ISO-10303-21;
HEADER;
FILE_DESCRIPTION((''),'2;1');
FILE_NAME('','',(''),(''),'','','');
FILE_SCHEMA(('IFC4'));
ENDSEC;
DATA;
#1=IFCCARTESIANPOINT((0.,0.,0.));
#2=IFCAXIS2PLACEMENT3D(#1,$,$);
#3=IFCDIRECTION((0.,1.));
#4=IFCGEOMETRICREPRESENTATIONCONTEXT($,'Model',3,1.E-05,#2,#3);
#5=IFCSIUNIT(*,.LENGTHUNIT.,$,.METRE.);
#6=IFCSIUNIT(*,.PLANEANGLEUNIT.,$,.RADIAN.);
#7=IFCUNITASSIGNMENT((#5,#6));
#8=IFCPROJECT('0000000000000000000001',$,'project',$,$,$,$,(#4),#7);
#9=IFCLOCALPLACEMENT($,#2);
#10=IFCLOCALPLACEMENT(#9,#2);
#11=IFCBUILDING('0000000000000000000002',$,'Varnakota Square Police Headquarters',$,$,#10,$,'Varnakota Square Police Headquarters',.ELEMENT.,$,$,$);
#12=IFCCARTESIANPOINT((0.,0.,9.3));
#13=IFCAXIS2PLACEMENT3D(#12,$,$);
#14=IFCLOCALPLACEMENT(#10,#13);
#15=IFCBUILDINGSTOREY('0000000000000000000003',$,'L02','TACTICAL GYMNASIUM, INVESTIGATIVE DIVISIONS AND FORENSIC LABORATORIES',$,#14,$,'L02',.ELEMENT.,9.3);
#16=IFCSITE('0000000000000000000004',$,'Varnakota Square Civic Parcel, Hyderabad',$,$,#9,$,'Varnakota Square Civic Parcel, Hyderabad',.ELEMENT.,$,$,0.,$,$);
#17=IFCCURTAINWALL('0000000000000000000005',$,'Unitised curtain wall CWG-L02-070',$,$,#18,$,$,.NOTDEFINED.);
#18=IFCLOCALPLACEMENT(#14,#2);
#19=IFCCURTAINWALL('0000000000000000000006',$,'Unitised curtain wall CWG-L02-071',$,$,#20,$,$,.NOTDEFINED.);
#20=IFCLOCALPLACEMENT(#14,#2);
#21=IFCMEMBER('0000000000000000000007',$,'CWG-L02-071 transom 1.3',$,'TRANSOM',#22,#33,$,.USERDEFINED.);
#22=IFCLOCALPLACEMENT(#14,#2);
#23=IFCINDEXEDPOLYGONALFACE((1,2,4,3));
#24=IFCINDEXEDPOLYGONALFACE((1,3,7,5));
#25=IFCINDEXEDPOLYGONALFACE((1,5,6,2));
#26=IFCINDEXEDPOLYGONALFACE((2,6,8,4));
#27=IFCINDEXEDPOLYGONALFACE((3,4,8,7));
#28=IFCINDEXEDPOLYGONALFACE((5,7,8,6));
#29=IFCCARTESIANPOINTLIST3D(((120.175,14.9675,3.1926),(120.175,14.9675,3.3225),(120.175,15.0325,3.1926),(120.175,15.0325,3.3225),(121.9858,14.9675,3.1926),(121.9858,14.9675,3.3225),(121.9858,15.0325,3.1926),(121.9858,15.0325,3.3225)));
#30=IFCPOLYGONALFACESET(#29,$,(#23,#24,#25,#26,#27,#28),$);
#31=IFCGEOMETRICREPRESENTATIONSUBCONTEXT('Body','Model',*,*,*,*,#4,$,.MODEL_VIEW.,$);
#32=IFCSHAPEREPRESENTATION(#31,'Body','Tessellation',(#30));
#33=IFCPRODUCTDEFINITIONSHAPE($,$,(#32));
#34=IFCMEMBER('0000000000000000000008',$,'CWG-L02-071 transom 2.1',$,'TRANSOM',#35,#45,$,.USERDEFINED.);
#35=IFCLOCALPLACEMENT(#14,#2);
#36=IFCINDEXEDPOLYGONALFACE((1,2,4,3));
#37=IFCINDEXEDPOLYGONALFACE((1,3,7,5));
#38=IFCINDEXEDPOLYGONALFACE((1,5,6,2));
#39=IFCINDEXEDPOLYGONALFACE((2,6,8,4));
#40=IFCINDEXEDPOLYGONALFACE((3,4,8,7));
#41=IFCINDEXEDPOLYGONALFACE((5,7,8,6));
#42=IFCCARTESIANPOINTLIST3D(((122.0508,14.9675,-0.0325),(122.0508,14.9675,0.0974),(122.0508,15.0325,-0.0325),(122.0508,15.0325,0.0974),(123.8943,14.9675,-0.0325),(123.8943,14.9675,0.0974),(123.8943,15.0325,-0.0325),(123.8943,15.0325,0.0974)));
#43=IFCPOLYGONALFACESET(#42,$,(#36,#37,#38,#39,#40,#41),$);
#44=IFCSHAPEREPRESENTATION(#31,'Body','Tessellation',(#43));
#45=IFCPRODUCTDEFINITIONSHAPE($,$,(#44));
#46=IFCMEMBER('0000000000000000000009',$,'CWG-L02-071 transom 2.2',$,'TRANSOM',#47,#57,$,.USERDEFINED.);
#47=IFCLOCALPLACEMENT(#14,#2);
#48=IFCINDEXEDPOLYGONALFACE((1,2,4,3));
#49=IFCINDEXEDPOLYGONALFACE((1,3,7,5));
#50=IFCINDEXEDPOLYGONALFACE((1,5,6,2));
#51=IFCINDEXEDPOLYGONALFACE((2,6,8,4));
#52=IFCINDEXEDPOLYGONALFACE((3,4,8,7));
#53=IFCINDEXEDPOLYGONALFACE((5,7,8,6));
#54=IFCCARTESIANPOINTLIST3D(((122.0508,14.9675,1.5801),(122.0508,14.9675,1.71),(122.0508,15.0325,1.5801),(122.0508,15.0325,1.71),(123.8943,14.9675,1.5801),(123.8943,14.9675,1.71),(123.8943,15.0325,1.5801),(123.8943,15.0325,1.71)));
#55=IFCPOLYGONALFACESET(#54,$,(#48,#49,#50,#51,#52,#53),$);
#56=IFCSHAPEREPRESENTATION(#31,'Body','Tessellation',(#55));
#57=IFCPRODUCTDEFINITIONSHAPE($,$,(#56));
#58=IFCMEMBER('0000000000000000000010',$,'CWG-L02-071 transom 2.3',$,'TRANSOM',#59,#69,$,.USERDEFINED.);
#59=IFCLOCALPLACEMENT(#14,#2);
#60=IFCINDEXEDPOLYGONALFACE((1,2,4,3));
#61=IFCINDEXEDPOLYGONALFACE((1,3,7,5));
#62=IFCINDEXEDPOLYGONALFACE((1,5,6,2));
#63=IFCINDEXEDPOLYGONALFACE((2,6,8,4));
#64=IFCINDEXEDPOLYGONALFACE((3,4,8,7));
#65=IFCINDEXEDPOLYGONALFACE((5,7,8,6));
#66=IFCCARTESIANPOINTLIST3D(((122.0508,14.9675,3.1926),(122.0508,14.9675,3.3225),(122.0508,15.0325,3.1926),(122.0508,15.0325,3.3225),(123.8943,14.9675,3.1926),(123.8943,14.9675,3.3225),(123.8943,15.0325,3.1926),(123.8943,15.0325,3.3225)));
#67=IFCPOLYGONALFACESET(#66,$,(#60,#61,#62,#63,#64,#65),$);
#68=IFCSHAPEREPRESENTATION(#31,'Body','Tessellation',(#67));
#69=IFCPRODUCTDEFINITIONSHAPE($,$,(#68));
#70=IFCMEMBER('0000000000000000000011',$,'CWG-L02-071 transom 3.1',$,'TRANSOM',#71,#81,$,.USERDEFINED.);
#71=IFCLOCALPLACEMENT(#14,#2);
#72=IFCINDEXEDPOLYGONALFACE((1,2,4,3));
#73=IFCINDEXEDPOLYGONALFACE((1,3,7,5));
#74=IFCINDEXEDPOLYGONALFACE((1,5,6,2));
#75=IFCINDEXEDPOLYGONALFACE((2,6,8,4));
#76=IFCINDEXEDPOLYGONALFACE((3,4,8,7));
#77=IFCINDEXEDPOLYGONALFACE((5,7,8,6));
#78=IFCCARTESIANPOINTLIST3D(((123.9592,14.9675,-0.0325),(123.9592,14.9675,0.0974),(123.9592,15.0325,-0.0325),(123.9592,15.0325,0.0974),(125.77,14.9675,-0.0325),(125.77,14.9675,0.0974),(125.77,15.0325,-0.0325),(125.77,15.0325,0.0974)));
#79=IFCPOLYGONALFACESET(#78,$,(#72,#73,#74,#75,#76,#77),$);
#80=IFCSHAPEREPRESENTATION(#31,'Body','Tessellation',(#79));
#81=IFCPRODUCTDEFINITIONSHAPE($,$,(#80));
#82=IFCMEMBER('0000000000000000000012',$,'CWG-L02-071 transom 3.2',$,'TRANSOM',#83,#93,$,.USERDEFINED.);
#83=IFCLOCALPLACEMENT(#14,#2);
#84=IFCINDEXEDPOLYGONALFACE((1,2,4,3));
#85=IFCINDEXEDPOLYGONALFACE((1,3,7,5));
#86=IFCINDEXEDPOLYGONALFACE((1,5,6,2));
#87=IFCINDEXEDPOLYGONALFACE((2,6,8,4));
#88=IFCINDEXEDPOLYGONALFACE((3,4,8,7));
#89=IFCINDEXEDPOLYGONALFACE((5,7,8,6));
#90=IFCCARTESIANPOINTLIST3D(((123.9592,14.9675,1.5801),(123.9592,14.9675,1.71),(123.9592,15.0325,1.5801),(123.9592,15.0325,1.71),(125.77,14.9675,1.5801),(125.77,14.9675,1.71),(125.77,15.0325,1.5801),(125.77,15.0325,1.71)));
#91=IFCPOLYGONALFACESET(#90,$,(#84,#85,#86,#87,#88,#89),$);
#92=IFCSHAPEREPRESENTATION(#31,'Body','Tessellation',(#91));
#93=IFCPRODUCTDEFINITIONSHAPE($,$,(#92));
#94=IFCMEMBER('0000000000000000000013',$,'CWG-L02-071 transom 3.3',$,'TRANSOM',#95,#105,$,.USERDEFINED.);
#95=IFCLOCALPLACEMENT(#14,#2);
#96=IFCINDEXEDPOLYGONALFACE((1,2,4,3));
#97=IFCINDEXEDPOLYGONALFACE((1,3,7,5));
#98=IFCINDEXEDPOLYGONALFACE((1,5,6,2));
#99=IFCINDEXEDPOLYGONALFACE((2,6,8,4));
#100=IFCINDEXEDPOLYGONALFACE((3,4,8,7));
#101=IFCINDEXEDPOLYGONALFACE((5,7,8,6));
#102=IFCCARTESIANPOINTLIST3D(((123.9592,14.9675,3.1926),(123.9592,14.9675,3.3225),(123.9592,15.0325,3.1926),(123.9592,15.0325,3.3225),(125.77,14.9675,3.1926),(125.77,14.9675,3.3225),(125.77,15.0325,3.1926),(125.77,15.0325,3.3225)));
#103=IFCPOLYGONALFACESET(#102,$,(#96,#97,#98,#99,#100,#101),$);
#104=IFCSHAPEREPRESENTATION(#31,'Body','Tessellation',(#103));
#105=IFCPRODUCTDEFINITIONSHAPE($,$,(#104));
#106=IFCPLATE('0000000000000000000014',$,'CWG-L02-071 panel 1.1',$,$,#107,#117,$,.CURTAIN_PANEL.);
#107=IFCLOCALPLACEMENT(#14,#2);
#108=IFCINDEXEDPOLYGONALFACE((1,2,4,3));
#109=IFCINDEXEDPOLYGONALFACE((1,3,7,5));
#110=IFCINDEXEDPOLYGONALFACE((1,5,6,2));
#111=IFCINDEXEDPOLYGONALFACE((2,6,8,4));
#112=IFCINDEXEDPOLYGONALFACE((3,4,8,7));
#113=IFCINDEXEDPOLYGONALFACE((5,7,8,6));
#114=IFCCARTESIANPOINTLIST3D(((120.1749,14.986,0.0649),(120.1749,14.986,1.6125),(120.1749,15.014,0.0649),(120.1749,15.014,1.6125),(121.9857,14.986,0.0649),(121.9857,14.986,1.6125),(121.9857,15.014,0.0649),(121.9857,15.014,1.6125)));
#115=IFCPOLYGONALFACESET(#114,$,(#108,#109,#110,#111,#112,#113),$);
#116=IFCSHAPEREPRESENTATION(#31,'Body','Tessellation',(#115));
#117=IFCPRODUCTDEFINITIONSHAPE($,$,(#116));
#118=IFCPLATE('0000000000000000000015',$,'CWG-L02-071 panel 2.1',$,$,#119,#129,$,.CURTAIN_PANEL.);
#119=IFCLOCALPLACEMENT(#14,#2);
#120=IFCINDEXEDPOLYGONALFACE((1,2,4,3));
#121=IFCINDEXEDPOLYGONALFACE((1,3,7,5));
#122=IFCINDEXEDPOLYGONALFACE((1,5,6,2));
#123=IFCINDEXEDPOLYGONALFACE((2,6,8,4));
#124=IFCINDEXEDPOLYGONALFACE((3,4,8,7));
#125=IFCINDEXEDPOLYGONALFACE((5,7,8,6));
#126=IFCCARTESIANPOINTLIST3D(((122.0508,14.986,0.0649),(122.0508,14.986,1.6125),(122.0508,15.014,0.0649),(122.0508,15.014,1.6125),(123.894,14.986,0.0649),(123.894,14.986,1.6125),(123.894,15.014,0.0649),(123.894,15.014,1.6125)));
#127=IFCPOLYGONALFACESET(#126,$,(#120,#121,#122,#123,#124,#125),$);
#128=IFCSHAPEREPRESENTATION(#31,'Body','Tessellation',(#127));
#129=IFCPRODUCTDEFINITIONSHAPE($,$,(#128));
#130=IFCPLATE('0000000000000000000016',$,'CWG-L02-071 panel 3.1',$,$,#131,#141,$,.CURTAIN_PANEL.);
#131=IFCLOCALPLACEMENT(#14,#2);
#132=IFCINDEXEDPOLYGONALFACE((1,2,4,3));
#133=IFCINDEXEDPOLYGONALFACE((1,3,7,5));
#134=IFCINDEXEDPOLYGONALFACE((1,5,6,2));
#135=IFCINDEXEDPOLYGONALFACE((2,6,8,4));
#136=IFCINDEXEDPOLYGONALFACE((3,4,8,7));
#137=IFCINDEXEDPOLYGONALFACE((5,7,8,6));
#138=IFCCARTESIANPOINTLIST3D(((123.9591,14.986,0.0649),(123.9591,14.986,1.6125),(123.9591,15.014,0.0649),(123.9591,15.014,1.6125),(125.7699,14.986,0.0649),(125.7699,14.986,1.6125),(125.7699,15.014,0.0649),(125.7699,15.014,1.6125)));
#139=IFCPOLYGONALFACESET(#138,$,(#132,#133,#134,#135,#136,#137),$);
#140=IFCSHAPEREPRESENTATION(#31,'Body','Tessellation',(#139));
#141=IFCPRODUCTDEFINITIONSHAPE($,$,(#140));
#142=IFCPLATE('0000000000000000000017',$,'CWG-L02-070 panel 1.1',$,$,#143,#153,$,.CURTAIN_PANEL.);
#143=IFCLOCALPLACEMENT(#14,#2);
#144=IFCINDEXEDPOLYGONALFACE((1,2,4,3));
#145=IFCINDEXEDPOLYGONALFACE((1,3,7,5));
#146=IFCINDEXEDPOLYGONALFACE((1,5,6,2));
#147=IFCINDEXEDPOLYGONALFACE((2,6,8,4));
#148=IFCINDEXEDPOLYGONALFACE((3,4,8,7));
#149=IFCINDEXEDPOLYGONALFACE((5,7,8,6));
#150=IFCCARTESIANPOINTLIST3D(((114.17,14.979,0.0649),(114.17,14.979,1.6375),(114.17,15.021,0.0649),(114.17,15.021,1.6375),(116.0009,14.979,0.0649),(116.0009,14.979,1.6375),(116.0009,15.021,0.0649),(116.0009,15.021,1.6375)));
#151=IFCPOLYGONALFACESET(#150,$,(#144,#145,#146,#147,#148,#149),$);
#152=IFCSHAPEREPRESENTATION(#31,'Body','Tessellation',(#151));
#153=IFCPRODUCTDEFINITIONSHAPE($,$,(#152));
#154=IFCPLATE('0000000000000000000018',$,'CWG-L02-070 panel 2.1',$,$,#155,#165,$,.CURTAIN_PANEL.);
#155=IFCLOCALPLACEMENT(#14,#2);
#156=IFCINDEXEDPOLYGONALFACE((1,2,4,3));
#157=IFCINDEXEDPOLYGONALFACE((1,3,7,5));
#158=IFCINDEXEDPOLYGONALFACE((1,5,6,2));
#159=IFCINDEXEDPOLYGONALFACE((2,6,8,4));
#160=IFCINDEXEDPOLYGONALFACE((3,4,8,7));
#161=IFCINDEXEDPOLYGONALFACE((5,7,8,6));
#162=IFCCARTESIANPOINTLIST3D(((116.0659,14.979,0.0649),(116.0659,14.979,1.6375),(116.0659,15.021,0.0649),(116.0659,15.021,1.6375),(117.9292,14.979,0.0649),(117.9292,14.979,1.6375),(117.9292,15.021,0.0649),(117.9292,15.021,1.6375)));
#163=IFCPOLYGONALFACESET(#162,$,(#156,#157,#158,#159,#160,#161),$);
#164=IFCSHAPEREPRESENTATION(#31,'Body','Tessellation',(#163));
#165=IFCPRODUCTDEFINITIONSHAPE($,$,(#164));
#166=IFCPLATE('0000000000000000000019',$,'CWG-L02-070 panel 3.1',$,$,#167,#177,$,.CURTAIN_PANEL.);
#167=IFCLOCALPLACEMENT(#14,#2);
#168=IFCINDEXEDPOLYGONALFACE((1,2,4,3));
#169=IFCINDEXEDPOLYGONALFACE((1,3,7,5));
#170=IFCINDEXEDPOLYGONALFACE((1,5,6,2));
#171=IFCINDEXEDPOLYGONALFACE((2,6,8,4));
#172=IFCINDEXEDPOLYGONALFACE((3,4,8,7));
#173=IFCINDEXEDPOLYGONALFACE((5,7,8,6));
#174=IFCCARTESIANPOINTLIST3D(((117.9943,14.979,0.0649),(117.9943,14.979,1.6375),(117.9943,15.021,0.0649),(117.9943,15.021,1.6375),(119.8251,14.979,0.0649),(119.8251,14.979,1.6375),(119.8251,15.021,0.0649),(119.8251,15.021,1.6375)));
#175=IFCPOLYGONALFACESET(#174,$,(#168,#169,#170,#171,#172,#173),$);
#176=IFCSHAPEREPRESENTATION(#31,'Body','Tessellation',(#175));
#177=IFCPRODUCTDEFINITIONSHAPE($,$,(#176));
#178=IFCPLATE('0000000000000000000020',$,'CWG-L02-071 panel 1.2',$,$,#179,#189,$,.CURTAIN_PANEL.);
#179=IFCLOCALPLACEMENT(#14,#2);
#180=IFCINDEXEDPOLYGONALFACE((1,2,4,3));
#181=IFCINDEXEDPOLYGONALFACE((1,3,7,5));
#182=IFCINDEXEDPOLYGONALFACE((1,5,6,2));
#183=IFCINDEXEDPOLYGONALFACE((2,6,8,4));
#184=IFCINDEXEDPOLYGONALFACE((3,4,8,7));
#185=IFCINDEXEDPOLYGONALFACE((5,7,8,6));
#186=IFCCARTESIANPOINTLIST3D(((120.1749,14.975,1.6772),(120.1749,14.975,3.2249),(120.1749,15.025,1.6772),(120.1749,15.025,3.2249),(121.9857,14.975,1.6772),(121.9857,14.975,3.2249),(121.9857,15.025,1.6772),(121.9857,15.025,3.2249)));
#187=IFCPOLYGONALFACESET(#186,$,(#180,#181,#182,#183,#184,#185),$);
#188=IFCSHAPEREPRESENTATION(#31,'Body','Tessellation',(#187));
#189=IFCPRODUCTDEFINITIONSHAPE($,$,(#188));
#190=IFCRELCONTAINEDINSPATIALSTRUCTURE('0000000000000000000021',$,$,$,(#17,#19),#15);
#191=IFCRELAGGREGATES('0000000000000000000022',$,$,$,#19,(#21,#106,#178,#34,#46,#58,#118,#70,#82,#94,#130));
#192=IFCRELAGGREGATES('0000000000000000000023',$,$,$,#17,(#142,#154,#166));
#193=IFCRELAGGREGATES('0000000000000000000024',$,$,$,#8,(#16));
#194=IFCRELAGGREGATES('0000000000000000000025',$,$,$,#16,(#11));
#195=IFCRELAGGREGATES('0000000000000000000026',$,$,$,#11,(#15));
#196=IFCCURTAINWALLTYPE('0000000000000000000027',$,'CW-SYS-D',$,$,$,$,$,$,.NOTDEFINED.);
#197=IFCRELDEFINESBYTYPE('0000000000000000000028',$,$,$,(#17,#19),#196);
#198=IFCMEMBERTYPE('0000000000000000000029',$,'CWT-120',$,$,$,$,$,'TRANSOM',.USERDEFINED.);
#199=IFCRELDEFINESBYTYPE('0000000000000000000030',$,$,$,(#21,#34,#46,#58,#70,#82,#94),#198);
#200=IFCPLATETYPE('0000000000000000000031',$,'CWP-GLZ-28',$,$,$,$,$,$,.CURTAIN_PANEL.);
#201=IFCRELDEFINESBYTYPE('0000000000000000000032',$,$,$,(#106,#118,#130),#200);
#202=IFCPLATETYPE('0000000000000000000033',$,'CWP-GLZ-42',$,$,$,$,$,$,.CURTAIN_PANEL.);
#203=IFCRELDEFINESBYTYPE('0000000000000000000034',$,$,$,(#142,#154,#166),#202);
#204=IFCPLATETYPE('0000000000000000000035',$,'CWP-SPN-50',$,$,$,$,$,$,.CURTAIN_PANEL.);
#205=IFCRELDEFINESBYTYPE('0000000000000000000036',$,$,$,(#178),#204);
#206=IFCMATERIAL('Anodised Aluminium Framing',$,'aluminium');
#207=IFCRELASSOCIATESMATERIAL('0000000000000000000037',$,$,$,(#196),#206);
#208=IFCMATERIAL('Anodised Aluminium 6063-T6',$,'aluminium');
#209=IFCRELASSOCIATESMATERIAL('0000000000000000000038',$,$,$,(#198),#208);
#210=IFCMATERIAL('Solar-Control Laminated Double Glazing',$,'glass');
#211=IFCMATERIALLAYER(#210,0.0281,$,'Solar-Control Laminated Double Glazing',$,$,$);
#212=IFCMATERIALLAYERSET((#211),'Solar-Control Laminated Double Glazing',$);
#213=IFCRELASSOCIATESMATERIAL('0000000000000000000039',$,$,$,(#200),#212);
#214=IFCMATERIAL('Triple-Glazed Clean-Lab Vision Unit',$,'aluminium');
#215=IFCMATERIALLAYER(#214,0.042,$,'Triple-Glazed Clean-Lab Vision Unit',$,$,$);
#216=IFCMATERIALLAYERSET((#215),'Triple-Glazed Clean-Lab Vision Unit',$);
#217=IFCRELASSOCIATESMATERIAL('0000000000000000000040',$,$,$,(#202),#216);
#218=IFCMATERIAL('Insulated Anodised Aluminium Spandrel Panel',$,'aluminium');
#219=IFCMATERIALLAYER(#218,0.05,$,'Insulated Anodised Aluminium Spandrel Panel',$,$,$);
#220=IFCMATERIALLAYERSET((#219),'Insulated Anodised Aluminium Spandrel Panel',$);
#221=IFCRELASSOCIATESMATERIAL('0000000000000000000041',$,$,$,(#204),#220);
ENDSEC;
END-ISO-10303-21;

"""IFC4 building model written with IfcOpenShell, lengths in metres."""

from ifc_helpers import new_model, si_unit, direction, frame, origin, origin_2d, place, context, subcontext, project, spatial, rectangle, extrude, material, layer, layer_set, material_profile, profile_set, type_object, element, aggregate, save


model = new_model("IFC4")

# Units and contexts
model_context = context("Model", 3, precision=1e-05, world=origin(), true_north=direction((0.0, 1.0)))
body_context = subcontext(model_context, "Body", "Model", "MODEL_VIEW")
ifc_project = project(units=[si_unit("LENGTHUNIT", "METRE"), si_unit("PLANEANGLEUNIT", "RADIAN")], contexts=[model_context])

# Site, building, storey
site_placement = place(None, origin())
site = spatial("IfcSite", under=ifc_project, at=site_placement, Name="Varnakota Square Civic Parcel, Hyderabad", LongName="Varnakota Square Civic Parcel, Hyderabad", CompositionType="ELEMENT", RefElevation=0.0)
building_placement = place(site_placement, origin())
building = spatial("IfcBuilding", under=site, at=building_placement, Name="Varnakota Square Police Headquarters", LongName="Varnakota Square Police Headquarters", CompositionType="ELEMENT")
storey_placement = place(building_placement, frame((0.0, 0.0, 9.3)))
storey = spatial("IfcBuildingStorey", under=building, at=storey_placement, Name="L02", Description="TACTICAL GYMNASIUM, INVESTIGATIVE DIVISIONS AND FORENSIC LABORATORIES", LongName="L02", CompositionType="ELEMENT", Elevation=9.3)

# Curtain walls
ifc_material_1 = material(Name="Anodised Aluminium Framing", Category="aluminium")
curtain_wall_type = type_object("IfcCurtainWallType", Name="CW-SYS-D", PredefinedType="NOTDEFINED", material=ifc_material_1)
curtain_wall_1_placement = place(storey_placement, origin())
curtain_wall_1 = element("IfcCurtainWall", 1, at=curtain_wall_1_placement, inside=storey, type_object=curtain_wall_type, Name="Unitised curtain wall CWG-L02-070", PredefinedType="NOTDEFINED")
ifc_material_2 = material(Name="Anodised Aluminium 6063-T6", Category="aluminium")
curtain_wall_2_placement = place(storey_placement, origin())
curtain_wall_2 = element("IfcCurtainWall", 2, at=curtain_wall_2_placement, inside=storey, type_object=curtain_wall_type, Name="Unitised curtain wall CWG-L02-071", PredefinedType="NOTDEFINED")

# Members
ifc_material_profile_1 = material_profile(ifc_material_2, rectangle(XDim=0.0649, YDim=0.1299, at=origin_2d()), Name="ALU TRANSOM 65x130")
ifc_profile_set_1 = profile_set([ifc_material_profile_1], Name="Anodised Aluminium 6063-T6")
member_type_1 = type_object("IfcMemberType", Name="CWT-120", ElementType="TRANSOM", PredefinedType="USERDEFINED", material=ifc_profile_set_1)
member_1_placement = place(storey_placement, frame((120.175, 15.0, 3.2576), z_axis=(1.0, 0.0, 0.0), x_axis=(0.0, 1.0, 0.0)))
member_1 = element("IfcMember", 3, at=member_1_placement, type_object=member_type_1, Name="CWG-L02-071 transom 1.3", ObjectType="TRANSOM", PredefinedType="USERDEFINED", context=body_context, shape_type="SweptSolid", body=[
    extrude(rectangle(XDim=0.0649, YDim=0.1299, at=origin_2d()), origin(), (0.0, 0.0, 1.0), 1.8108),
])
member_2_placement = place(storey_placement, frame((122.0508, 15.0, 0.0325), z_axis=(1.0, 0.0, 0.0), x_axis=(0.0, 1.0, 0.0)))
member_2 = element("IfcMember", 4, at=member_2_placement, type_object=member_type_1, Name="CWG-L02-071 transom 2.1", ObjectType="TRANSOM", PredefinedType="USERDEFINED", context=body_context, shape_type="SweptSolid", body=[
    extrude(rectangle(XDim=0.0649, YDim=0.1299, at=origin_2d()), origin(), (0.0, 0.0, 1.0), 1.8435),
])
member_3_placement = place(storey_placement, frame((122.0508, 15.0, 1.645), z_axis=(1.0, 0.0, 0.0), x_axis=(0.0, 1.0, 0.0)))
member_3 = element("IfcMember", 5, at=member_3_placement, type_object=member_type_1, Name="CWG-L02-071 transom 2.2", ObjectType="TRANSOM", PredefinedType="USERDEFINED", context=body_context, shape_type="SweptSolid", body=[
    extrude(rectangle(XDim=0.0649, YDim=0.1299, at=origin_2d()), origin(), (0.0, 0.0, 1.0), 1.8435),
])
member_4_placement = place(storey_placement, frame((122.0508, 15.0, 3.2576), z_axis=(1.0, 0.0, 0.0), x_axis=(0.0, 1.0, 0.0)))
member_4 = element("IfcMember", 6, at=member_4_placement, type_object=member_type_1, Name="CWG-L02-071 transom 2.3", ObjectType="TRANSOM", PredefinedType="USERDEFINED", context=body_context, shape_type="SweptSolid", body=[
    extrude(rectangle(XDim=0.0649, YDim=0.1299, at=origin_2d()), origin(), (0.0, 0.0, 1.0), 1.8435),
])
member_5_placement = place(storey_placement, frame((123.9592, 15.0, 0.0325), z_axis=(1.0, 0.0, 0.0), x_axis=(0.0, 1.0, 0.0)))
member_5 = element("IfcMember", 7, at=member_5_placement, type_object=member_type_1, Name="CWG-L02-071 transom 3.1", ObjectType="TRANSOM", PredefinedType="USERDEFINED", context=body_context, shape_type="SweptSolid", body=[
    extrude(rectangle(XDim=0.0649, YDim=0.1299, at=origin_2d()), origin(), (0.0, 0.0, 1.0), 1.8108),
])
member_6_placement = place(storey_placement, frame((123.9592, 15.0, 1.645), z_axis=(1.0, 0.0, 0.0), x_axis=(0.0, 1.0, 0.0)))
member_6 = element("IfcMember", 8, at=member_6_placement, type_object=member_type_1, Name="CWG-L02-071 transom 3.2", ObjectType="TRANSOM", PredefinedType="USERDEFINED", context=body_context, shape_type="SweptSolid", body=[
    extrude(rectangle(XDim=0.0649, YDim=0.1299, at=origin_2d()), origin(), (0.0, 0.0, 1.0), 1.8108),
])
member_7_placement = place(storey_placement, frame((123.9592, 15.0, 3.2576), z_axis=(1.0, 0.0, 0.0), x_axis=(0.0, 1.0, 0.0)))
member_7 = element("IfcMember", 9, at=member_7_placement, type_object=member_type_1, Name="CWG-L02-071 transom 3.3", ObjectType="TRANSOM", PredefinedType="USERDEFINED", context=body_context, shape_type="SweptSolid", body=[
    extrude(rectangle(XDim=0.0649, YDim=0.1299, at=origin_2d()), origin(), (0.0, 0.0, 1.0), 1.8108),
])

# Plates
ifc_material_3 = material(Name="Solar-Control Laminated Double Glazing", Category="glass")
ifc_layer_1 = layer(ifc_material_3, 0.0281, Name="Solar-Control Laminated Double Glazing")
ifc_layer_set_1 = layer_set([ifc_layer_1], Name="Solar-Control Laminated Double Glazing")
plate_type_1 = type_object("IfcPlateType", Name="CWP-GLZ-28", PredefinedType="CURTAIN_PANEL", material=ifc_layer_set_1)
plate_1_placement = place(storey_placement, frame((121.0803, 15.0, 0.0649), z_axis=(0.0, 0.0, 1.0), x_axis=(1.0, 0.0, 0.0)))
plate_1 = element("IfcPlate", 10, at=plate_1_placement, type_object=plate_type_1, Name="CWG-L02-071 panel 1.1", PredefinedType="CURTAIN_PANEL", context=body_context, shape_type="SweptSolid", body=[
    extrude(rectangle(XDim=1.8108, YDim=0.0281, at=origin_2d()), origin(), (0.0, 0.0, 1.0), 1.5476),
])
plate_2_placement = place(storey_placement, frame((122.9724, 15.0, 0.0649), z_axis=(0.0, 0.0, 1.0), x_axis=(1.0, 0.0, 0.0)))
plate_2 = element("IfcPlate", 11, at=plate_2_placement, type_object=plate_type_1, Name="CWG-L02-071 panel 2.1", PredefinedType="CURTAIN_PANEL", context=body_context, shape_type="SweptSolid", body=[
    extrude(rectangle(XDim=1.8433, YDim=0.0281, at=origin_2d()), origin(), (0.0, 0.0, 1.0), 1.5476),
])
plate_3_placement = place(storey_placement, frame((124.8645, 15.0, 0.0649), z_axis=(0.0, 0.0, 1.0), x_axis=(1.0, 0.0, 0.0)))
plate_3 = element("IfcPlate", 12, at=plate_3_placement, type_object=plate_type_1, Name="CWG-L02-071 panel 3.1", PredefinedType="CURTAIN_PANEL", context=body_context, shape_type="SweptSolid", body=[
    extrude(rectangle(XDim=1.8108, YDim=0.0281, at=origin_2d()), origin(), (0.0, 0.0, 1.0), 1.5476),
])
ifc_material_4 = material(Name="Triple-Glazed Clean-Lab Vision Unit", Category="aluminium")
ifc_layer_2 = layer(ifc_material_4, 0.042, Name="Triple-Glazed Clean-Lab Vision Unit")
ifc_layer_set_2 = layer_set([ifc_layer_2], Name="Triple-Glazed Clean-Lab Vision Unit")
plate_type_2 = type_object("IfcPlateType", Name="CWP-GLZ-42", PredefinedType="CURTAIN_PANEL", material=ifc_layer_set_2)
plate_4_placement = place(storey_placement, frame((115.0854, 15.0, 0.0649), z_axis=(0.0, 0.0, 1.0), x_axis=(1.0, 0.0, 0.0)))
plate_4 = element("IfcPlate", 13, at=plate_4_placement, type_object=plate_type_2, Name="CWG-L02-070 panel 1.1", PredefinedType="CURTAIN_PANEL", context=body_context, shape_type="SweptSolid", body=[
    extrude(rectangle(XDim=1.8308, YDim=0.042, at=origin_2d()), origin(), (0.0, 0.0, 1.0), 1.5725),
])
plate_5_placement = place(storey_placement, frame((116.9976, 15.0, 0.0649), z_axis=(0.0, 0.0, 1.0), x_axis=(1.0, 0.0, 0.0)))
plate_5 = element("IfcPlate", 14, at=plate_5_placement, type_object=plate_type_2, Name="CWG-L02-070 panel 2.1", PredefinedType="CURTAIN_PANEL", context=body_context, shape_type="SweptSolid", body=[
    extrude(rectangle(XDim=1.8633, YDim=0.042, at=origin_2d()), origin(), (0.0, 0.0, 1.0), 1.5725),
])
plate_6_placement = place(storey_placement, frame((118.9097, 15.0, 0.0649), z_axis=(0.0, 0.0, 1.0), x_axis=(1.0, 0.0, 0.0)))
plate_6 = element("IfcPlate", 15, at=plate_6_placement, type_object=plate_type_2, Name="CWG-L02-070 panel 3.1", PredefinedType="CURTAIN_PANEL", context=body_context, shape_type="SweptSolid", body=[
    extrude(rectangle(XDim=1.8308, YDim=0.042, at=origin_2d()), origin(), (0.0, 0.0, 1.0), 1.5725),
])
ifc_material_5 = material(Name="Insulated Anodised Aluminium Spandrel Panel", Category="aluminium")
ifc_layer_3 = layer(ifc_material_5, 0.05, Name="Insulated Anodised Aluminium Spandrel Panel")
ifc_layer_set_3 = layer_set([ifc_layer_3], Name="Insulated Anodised Aluminium Spandrel Panel")
plate_type_3 = type_object("IfcPlateType", Name="CWP-SPN-50", PredefinedType="CURTAIN_PANEL", material=ifc_layer_set_3)
plate_7_placement = place(storey_placement, frame((121.0803, 15.0, 1.6772), z_axis=(0.0, 0.0, 1.0), x_axis=(1.0, 0.0, 0.0)))
plate_7 = element("IfcPlate", 16, at=plate_7_placement, type_object=plate_type_3, Name="CWG-L02-071 panel 1.2", PredefinedType="CURTAIN_PANEL", context=body_context, shape_type="SweptSolid", body=[
    extrude(rectangle(XDim=1.8108, YDim=0.05, at=origin_2d()), origin(), (0.0, 0.0, 1.0), 1.5476),
])
aggregate(curtain_wall_2, [member_1, plate_1, plate_7, member_2, member_3, member_4, plate_2, member_5, member_6, member_7, plate_3])
aggregate(curtain_wall_1, [plate_4, plate_5, plate_6])

save(model, "model.ifc")
